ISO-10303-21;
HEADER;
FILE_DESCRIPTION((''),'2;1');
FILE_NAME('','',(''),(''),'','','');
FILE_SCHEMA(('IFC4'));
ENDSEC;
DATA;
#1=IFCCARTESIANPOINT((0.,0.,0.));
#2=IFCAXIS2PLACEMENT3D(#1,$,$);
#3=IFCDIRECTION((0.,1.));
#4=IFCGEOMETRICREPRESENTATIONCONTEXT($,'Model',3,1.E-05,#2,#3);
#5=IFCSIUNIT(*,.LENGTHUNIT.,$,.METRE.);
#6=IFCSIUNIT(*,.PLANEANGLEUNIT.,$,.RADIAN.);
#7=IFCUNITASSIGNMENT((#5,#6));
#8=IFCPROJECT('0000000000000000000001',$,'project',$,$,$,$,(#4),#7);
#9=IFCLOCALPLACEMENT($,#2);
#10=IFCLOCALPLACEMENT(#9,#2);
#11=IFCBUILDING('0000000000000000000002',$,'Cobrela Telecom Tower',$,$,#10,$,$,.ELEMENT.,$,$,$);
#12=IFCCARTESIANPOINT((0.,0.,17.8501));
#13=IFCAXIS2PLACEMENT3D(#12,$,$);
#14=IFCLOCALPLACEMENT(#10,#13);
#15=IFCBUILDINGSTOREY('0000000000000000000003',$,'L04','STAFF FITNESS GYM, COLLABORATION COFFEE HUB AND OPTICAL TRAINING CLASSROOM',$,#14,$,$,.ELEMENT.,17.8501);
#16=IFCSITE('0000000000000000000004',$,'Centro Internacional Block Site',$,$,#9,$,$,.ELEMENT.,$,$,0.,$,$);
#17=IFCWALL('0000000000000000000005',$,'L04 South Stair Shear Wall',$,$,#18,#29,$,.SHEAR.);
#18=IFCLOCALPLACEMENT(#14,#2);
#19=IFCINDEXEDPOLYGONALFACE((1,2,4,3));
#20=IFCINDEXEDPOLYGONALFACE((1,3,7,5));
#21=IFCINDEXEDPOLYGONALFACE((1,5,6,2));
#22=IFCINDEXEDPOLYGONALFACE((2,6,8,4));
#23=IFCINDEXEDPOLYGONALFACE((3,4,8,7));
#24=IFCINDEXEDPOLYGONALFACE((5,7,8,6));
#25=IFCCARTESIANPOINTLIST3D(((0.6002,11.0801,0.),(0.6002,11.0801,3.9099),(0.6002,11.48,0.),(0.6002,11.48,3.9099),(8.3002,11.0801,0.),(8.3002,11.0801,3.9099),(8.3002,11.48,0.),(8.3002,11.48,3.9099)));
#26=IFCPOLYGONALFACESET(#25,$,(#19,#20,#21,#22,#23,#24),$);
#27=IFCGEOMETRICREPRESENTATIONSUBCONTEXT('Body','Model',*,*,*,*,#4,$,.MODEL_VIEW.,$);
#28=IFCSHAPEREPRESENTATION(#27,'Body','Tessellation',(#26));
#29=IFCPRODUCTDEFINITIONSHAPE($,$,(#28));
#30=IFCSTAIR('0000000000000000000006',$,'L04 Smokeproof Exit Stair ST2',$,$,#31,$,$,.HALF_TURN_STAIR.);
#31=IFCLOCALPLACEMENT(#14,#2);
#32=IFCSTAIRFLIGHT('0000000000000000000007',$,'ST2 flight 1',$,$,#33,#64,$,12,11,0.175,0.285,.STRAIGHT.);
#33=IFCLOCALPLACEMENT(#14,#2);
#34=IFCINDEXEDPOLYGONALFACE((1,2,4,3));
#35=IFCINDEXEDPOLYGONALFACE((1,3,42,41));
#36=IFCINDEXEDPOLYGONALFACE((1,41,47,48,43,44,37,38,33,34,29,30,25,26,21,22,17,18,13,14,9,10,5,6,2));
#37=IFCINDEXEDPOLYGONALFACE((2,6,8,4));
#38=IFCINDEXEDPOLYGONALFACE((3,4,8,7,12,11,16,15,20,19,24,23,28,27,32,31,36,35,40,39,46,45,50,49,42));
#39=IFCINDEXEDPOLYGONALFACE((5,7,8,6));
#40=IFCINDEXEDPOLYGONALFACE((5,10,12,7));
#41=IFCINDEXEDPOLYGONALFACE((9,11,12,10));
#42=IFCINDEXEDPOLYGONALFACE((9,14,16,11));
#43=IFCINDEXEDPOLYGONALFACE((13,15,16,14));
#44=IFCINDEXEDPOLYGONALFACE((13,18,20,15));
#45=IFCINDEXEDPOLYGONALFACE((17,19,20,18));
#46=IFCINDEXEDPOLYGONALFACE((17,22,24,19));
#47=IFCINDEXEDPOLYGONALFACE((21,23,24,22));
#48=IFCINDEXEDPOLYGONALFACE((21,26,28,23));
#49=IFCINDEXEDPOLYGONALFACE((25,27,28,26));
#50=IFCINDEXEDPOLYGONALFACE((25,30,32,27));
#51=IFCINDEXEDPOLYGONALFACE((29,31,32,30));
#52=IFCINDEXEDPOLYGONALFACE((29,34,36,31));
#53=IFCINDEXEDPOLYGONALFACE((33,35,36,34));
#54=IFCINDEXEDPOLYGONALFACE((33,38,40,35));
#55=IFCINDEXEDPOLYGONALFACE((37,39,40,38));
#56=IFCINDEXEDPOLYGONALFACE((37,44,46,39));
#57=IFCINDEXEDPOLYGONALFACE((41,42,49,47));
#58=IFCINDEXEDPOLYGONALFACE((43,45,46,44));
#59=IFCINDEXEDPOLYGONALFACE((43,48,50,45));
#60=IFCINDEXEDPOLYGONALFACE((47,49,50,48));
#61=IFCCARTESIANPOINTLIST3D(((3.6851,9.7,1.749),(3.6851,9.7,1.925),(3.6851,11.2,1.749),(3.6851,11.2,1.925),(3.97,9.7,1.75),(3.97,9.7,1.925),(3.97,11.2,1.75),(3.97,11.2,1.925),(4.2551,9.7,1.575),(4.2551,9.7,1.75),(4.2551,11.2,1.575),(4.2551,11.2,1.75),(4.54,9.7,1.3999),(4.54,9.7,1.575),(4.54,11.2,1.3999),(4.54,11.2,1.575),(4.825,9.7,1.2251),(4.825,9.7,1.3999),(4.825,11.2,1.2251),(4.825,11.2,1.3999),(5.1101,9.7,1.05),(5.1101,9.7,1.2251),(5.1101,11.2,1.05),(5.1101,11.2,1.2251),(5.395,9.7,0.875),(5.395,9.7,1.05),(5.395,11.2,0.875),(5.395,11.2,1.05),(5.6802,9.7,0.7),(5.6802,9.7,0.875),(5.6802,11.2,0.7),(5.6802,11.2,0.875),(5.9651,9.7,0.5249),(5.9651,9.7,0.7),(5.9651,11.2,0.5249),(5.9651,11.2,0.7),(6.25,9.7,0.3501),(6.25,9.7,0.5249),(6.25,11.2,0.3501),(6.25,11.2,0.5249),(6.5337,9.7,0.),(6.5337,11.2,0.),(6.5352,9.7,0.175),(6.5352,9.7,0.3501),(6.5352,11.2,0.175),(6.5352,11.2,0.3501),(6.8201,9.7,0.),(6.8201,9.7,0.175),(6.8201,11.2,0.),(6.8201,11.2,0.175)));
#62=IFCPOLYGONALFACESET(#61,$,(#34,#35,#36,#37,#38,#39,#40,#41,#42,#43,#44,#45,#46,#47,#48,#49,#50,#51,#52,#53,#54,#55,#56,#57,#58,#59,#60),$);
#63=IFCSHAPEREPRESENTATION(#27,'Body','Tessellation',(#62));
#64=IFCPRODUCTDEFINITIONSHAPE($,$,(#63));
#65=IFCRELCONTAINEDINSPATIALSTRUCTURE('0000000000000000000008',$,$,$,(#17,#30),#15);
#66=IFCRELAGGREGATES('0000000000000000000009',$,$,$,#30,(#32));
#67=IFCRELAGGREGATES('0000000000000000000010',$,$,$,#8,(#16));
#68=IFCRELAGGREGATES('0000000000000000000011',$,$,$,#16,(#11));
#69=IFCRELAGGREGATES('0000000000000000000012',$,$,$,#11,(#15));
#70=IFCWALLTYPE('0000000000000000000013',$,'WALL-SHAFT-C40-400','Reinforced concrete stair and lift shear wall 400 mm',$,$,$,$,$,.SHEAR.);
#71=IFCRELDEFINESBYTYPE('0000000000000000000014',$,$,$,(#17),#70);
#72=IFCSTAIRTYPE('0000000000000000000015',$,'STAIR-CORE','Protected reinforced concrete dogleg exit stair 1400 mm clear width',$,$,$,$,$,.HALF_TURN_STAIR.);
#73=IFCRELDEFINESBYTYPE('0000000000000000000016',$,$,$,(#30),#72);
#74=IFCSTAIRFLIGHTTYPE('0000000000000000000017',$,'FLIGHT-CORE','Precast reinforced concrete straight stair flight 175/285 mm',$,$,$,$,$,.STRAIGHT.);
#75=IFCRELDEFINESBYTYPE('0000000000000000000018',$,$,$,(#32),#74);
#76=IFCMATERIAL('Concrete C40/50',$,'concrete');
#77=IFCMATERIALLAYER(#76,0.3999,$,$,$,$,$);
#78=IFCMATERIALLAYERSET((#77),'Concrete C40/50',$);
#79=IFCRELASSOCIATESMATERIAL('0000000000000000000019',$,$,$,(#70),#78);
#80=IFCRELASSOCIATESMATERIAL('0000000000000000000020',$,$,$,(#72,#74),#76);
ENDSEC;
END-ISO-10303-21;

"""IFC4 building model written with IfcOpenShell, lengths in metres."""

from ifc_helpers import new_model, si_unit, direction, frame, frame_2d, origin, place, context, subcontext, project, spatial, polyline, rectangle, outline, extrude, material, layer, layer_set, type_object, element, aggregate, save


model = new_model("IFC4")

# Units and contexts
model_context = context("Model", 3, precision=1e-05, world=origin(), true_north=direction((0.0, 1.0)))
body_context = subcontext(model_context, "Body", "Model", "MODEL_VIEW")
ifc_project = project(units=[si_unit("LENGTHUNIT", "METRE"), si_unit("PLANEANGLEUNIT", "RADIAN")], contexts=[model_context])

# Site, building, storey
site_placement = place(None, origin())
site = spatial("IfcSite", under=ifc_project, at=site_placement, Name="Centro Internacional Block Site", CompositionType="ELEMENT", RefElevation=0.0)
building_placement = place(site_placement, origin())
building = spatial("IfcBuilding", under=site, at=building_placement, Name="Cobrela Telecom Tower", CompositionType="ELEMENT")
storey_placement = place(building_placement, frame((0.0, 0.0, 17.8501)))
storey = spatial("IfcBuildingStorey", under=building, at=storey_placement, Name="L04", Description="STAFF FITNESS GYM, COLLABORATION COFFEE HUB AND OPTICAL TRAINING CLASSROOM", CompositionType="ELEMENT", Elevation=17.8501)

# Wall
ifc_material_1 = material(Name="Concrete C40/50", Category="concrete")
ifc_layer_1 = layer(ifc_material_1, 0.3999)
ifc_layer_set_1 = layer_set([ifc_layer_1], Name="Concrete C40/50")
wall_type_1 = type_object("IfcWallType", Name="WALL-SHAFT-C40-400", Description="Reinforced concrete stair and lift shear wall 400 mm", PredefinedType="SHEAR", material=ifc_layer_set_1)
wall_1_placement = place(storey_placement, frame((0.6001, 11.28, 0.0), z_axis=(0.0, 0.0, 1.0), x_axis=(1.0, 0.0, 0.0)))
element("IfcWall", 1, at=wall_1_placement, inside=storey, type_object=wall_type_1, Name="L04 South Stair Shear Wall", PredefinedType="SHEAR", context=body_context, shape_type="SweptSolid", body=[
    extrude(rectangle(XDim=7.7, YDim=0.3999, at=frame_2d((3.8501, 0.0))), origin(), (0.0, 0.0, 1.0), 3.9099),
])

# Stair, stair flight
stair_type = type_object("IfcStairType", Name="STAIR-CORE", Description="Protected reinforced concrete dogleg exit stair 1400 mm clear width", PredefinedType="HALF_TURN_STAIR", material=ifc_material_1)
stair_placement = place(storey_placement, origin())
stair = element("IfcStair", 2, at=stair_placement, inside=storey, type_object=stair_type, Name="L04 Smokeproof Exit Stair ST2", PredefinedType="HALF_TURN_STAIR")
stair_flight_type = type_object("IfcStairFlightType", Name="FLIGHT-CORE", Description="Precast reinforced concrete straight stair flight 175/285 mm", PredefinedType="STRAIGHT", material=ifc_material_1)
stair_flight_placement = place(storey_placement, frame((6.8201, 10.45, 0.0), z_axis=(0.0, 0.0, 1.0), x_axis=(-1.0, 0.0, 0.0)))
stair_flight = element("IfcStairFlight", 3, at=stair_flight_placement, type_object=stair_flight_type, Name="ST2 flight 1", NumberOfRisers=12, NumberOfTreads=11, PredefinedType="STRAIGHT", RiserHeight=0.175, TreadLength=0.285, context=body_context, shape_type="SweptSolid", body=[
    extrude(outline(polyline([(0.0, 0.0), (0.0, 0.175), (0.2849, 0.175), (0.2849, 0.3501), (0.5701, 0.3501), (0.5701, 0.5249), (0.855, 0.5249), (0.855, 0.7), (1.1399, 0.7), (1.1399, 0.875), (1.425, 0.875), (1.425, 1.05), (1.71, 1.05), (1.71, 1.2251), (1.9951, 1.2251), (1.9951, 1.3999), (2.28, 1.3999), (2.28, 1.575), (2.5649, 1.575), (2.5649, 1.75), (2.8501, 1.75), (2.8501, 1.925), (3.135, 1.925), (3.135, 2.1001), (3.135, 1.749), (0.2864, 0.0), (0.0, 0.0)])), frame((0.0, 0.75, 0.0), z_axis=(0.0, -1.0, 0.0), x_axis=(1.0, 0.0, 0.0)), (0.0, 0.0, 1.0), 1.5),
])
aggregate(stair, [stair_flight])

save(model, "model.ifc")
